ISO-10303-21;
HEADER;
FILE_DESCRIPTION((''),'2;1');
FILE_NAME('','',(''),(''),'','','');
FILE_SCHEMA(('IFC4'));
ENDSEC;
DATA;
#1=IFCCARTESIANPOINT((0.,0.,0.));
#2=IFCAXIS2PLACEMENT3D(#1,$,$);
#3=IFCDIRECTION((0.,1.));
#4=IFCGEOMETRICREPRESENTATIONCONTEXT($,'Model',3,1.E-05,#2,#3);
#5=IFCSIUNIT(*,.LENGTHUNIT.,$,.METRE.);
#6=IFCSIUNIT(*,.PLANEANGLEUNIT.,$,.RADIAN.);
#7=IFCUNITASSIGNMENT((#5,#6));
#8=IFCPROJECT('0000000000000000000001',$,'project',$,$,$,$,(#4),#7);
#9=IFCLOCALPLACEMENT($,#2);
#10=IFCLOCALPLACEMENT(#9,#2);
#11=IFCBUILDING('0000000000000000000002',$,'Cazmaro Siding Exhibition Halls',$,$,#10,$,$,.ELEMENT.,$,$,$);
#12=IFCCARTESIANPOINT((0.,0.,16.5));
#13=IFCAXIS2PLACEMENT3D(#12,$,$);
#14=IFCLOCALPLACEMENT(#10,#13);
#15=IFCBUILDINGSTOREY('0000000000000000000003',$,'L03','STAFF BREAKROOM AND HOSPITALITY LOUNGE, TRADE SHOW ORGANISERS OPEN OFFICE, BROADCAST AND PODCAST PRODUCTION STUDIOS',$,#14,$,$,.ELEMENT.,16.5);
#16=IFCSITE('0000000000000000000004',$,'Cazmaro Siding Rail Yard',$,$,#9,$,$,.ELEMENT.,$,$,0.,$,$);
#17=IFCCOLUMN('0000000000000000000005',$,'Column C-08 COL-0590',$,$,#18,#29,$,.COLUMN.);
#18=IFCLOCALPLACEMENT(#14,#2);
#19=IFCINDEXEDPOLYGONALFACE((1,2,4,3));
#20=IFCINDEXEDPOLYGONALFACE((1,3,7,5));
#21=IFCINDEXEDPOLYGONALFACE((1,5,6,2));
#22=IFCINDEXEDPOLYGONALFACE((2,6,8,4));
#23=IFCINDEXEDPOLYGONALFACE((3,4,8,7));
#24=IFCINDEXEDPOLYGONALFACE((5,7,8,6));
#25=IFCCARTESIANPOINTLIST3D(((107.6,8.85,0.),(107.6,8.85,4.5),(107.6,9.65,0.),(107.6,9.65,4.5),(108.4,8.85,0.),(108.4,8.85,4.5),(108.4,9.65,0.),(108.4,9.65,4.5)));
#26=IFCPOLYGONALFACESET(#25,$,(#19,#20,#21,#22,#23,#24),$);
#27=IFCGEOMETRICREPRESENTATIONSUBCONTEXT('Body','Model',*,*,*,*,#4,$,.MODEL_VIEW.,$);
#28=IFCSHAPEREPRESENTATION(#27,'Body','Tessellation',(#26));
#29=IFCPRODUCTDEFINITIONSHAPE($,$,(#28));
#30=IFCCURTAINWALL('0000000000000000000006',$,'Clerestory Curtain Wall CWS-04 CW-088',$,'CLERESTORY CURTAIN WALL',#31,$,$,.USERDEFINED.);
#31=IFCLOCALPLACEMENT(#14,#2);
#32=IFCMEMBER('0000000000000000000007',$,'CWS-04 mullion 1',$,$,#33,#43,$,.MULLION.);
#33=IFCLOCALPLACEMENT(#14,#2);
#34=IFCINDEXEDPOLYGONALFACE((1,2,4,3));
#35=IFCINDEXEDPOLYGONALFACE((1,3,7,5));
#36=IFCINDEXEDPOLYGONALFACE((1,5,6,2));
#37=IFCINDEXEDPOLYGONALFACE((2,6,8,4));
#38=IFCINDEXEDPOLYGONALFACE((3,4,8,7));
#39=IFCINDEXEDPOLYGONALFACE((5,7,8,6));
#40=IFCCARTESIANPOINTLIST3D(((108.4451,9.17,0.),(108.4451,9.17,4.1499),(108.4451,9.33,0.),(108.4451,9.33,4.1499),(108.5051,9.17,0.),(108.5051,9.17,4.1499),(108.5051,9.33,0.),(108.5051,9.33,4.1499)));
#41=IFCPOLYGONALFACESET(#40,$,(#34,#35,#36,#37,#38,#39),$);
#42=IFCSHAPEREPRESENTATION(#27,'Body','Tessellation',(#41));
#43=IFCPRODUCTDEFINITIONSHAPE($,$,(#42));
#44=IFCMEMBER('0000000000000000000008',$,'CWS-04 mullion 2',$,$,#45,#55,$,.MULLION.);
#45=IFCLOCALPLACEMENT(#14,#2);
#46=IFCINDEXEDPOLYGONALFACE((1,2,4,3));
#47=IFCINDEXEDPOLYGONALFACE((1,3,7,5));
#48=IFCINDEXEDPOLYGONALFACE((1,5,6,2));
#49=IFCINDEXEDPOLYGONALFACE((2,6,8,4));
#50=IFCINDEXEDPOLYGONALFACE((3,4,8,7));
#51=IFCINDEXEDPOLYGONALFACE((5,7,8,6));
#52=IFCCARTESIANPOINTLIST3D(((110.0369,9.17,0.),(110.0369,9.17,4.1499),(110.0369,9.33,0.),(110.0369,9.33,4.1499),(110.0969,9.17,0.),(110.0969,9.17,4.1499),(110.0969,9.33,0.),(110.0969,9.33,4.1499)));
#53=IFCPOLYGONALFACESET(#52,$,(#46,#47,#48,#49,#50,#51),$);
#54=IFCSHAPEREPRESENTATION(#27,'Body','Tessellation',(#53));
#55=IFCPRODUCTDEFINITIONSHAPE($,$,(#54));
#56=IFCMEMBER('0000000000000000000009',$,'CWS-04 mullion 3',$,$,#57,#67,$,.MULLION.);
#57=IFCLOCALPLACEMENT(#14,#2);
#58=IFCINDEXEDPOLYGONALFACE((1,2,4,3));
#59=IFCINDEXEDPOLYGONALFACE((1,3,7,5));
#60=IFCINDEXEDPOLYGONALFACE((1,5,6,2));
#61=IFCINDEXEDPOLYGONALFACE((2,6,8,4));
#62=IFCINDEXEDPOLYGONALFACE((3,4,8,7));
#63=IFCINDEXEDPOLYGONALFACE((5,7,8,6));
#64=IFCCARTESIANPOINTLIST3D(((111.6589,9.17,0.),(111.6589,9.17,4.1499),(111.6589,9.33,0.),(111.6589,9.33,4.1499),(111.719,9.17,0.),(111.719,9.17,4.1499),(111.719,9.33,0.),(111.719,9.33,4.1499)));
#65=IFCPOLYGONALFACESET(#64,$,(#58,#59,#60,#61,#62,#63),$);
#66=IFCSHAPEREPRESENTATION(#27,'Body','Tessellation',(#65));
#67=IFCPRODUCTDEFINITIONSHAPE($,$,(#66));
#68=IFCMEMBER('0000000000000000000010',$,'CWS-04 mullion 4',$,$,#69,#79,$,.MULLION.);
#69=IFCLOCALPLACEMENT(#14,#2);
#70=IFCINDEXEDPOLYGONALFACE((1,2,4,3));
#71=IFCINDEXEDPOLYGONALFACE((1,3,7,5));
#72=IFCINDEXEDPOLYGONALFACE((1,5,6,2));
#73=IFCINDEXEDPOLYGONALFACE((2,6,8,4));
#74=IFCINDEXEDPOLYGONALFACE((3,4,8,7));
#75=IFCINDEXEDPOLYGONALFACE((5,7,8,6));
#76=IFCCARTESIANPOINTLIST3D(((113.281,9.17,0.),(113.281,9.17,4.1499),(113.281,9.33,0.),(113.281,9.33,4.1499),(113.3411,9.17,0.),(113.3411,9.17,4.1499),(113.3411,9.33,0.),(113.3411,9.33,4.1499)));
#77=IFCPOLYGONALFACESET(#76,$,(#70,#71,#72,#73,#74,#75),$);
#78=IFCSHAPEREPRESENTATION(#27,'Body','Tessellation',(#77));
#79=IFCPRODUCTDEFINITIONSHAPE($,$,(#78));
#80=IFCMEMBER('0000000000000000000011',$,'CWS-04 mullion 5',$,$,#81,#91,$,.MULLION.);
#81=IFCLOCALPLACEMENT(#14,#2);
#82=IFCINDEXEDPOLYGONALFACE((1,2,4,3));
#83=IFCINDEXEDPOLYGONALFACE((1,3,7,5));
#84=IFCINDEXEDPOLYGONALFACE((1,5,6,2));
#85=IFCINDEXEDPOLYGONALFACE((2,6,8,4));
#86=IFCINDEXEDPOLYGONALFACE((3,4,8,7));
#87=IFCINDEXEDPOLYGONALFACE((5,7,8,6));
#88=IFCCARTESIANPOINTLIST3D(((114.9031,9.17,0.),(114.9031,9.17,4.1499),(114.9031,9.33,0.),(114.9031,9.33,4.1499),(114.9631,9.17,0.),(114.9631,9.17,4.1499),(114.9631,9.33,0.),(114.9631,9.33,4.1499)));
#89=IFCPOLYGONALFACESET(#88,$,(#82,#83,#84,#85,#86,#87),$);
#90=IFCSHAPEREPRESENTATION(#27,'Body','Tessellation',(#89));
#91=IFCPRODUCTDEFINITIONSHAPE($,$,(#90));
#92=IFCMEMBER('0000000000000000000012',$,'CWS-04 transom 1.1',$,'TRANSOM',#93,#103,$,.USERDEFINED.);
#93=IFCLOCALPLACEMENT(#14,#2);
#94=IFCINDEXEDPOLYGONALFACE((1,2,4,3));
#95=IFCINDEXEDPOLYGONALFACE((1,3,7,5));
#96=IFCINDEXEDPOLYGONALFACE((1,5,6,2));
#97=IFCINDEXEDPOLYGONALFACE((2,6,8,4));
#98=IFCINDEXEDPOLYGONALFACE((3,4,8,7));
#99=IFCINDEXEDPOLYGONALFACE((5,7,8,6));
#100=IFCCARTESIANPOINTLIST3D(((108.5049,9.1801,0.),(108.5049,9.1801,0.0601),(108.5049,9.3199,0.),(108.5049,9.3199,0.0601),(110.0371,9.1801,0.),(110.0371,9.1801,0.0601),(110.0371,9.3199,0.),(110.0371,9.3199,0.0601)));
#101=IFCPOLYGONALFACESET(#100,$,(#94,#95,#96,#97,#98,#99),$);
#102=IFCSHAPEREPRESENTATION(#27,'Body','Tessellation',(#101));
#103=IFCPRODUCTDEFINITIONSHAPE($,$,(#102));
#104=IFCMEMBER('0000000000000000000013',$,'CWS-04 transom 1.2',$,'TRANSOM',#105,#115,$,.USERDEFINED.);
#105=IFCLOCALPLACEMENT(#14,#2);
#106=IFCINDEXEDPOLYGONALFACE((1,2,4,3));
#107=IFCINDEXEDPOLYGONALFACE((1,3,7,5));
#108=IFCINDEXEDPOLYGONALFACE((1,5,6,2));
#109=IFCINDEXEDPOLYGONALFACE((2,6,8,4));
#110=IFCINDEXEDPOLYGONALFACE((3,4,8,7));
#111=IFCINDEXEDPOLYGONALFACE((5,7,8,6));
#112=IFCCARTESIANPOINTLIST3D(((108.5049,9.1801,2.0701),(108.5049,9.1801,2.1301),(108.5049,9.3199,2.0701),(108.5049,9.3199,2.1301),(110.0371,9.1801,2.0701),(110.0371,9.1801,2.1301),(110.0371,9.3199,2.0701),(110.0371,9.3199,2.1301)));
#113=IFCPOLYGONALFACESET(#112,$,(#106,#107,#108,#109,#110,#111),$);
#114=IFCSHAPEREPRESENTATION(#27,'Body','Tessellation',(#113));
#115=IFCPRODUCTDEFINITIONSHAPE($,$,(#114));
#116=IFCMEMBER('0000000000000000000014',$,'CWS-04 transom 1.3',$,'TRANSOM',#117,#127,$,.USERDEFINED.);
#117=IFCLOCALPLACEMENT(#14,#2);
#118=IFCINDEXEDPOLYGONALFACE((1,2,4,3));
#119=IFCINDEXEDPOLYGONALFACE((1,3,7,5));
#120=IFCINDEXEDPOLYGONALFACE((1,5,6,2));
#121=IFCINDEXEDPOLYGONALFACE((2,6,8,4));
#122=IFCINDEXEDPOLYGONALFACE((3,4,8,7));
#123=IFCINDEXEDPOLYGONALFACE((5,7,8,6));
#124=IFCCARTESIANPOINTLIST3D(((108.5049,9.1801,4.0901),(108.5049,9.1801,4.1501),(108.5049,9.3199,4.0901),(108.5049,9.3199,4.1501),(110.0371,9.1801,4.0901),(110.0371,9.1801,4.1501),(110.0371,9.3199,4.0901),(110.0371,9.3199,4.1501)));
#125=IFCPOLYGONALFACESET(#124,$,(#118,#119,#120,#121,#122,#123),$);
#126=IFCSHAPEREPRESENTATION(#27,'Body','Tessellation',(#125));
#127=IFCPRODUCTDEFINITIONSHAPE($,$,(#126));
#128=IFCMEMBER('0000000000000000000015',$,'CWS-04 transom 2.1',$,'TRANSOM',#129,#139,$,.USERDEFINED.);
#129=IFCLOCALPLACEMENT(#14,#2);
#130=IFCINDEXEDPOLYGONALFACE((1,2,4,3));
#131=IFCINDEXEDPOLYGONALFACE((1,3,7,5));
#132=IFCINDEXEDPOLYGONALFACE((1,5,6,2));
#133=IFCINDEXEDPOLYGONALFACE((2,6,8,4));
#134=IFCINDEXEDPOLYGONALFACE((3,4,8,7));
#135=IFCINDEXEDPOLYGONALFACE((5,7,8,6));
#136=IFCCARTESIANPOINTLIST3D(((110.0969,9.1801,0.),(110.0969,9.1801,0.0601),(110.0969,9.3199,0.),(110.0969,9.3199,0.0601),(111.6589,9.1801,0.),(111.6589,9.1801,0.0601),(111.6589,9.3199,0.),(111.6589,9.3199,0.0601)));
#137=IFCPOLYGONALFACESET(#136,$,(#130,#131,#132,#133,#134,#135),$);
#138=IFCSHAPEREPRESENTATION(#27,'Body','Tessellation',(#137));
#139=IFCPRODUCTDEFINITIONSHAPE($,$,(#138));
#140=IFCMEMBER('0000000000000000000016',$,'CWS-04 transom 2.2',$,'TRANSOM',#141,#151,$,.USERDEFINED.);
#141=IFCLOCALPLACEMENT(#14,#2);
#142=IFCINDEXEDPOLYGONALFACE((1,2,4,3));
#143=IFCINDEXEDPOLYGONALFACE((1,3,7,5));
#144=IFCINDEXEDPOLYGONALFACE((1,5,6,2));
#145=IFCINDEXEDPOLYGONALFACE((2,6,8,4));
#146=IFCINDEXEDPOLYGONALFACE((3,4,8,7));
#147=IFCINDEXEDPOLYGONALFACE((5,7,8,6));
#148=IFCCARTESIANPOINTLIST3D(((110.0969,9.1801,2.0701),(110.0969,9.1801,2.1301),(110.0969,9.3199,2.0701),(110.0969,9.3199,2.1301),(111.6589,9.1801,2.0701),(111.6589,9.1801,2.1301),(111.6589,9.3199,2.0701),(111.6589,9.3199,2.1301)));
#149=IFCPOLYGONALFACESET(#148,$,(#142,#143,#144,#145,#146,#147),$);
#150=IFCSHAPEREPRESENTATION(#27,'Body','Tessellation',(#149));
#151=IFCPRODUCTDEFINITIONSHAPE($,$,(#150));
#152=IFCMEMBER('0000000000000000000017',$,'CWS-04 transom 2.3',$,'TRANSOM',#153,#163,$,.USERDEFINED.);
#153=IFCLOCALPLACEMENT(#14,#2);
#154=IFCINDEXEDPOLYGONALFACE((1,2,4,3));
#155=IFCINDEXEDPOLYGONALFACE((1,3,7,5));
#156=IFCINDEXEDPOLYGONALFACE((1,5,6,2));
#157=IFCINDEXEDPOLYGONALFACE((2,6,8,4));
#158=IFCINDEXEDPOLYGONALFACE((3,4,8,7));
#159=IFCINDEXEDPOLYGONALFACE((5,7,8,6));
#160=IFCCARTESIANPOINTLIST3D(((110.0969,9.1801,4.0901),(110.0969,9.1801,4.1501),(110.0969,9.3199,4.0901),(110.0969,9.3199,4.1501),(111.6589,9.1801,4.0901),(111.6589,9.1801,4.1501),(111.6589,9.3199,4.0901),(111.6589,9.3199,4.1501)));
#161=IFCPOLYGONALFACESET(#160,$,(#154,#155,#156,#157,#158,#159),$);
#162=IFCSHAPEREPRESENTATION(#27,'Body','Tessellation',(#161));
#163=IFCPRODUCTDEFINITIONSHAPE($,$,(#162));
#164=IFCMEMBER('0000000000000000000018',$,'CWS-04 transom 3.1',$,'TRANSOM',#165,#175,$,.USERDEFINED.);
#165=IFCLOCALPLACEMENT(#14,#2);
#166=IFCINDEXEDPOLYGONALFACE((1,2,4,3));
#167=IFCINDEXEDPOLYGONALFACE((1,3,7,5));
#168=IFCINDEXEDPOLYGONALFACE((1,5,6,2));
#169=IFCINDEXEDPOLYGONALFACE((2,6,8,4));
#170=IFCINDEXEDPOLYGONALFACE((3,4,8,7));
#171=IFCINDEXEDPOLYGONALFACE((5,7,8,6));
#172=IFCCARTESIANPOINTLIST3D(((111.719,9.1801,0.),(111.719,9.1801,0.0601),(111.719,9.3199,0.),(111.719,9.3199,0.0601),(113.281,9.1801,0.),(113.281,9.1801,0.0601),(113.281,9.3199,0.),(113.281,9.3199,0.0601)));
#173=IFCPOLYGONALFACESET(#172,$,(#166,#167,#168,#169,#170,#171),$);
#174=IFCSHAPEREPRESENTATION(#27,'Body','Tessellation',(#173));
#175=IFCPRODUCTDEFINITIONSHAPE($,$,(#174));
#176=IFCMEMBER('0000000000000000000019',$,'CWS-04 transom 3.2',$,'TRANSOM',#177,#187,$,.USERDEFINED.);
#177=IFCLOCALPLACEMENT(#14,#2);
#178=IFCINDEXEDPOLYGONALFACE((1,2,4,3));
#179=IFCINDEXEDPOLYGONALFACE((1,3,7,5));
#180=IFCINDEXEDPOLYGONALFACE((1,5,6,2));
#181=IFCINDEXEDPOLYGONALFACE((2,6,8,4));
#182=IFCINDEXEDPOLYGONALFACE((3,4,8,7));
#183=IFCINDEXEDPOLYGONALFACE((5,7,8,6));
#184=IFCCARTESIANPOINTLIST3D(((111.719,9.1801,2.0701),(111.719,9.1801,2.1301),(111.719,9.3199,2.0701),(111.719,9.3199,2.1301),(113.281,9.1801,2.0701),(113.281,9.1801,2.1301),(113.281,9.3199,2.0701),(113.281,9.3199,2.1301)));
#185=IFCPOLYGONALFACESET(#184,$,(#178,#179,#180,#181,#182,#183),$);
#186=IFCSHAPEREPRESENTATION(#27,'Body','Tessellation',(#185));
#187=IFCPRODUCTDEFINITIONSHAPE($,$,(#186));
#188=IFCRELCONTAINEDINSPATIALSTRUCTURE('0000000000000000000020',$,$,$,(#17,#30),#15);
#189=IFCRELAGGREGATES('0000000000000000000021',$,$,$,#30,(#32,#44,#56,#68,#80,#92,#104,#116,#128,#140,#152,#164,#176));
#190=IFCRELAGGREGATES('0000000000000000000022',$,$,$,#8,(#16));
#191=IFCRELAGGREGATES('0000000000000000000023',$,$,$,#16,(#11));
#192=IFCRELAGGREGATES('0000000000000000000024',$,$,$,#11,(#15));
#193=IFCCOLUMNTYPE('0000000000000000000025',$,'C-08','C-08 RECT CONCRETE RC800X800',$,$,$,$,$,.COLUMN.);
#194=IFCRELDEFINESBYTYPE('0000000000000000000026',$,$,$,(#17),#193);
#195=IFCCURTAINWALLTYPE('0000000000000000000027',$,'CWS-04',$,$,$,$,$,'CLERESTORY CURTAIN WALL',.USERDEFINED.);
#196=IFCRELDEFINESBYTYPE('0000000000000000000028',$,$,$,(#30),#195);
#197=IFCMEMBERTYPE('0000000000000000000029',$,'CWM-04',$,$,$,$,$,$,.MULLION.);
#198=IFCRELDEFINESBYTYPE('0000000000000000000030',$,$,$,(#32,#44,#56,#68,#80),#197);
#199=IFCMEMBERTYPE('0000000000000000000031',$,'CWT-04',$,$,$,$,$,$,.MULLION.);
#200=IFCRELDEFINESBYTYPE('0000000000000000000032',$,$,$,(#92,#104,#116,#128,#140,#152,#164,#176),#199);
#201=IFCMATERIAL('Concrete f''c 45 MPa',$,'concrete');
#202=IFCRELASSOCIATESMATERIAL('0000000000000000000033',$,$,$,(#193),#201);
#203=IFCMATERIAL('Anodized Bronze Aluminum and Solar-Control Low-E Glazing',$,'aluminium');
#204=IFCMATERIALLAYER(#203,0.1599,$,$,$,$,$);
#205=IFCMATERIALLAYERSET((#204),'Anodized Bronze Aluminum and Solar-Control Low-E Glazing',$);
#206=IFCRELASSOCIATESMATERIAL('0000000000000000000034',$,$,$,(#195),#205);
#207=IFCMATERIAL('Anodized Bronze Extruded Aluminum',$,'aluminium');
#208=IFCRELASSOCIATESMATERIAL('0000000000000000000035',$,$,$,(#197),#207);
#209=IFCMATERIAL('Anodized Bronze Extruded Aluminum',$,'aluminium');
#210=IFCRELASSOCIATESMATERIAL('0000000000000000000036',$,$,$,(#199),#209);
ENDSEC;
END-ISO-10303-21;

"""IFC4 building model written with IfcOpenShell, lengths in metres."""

from ifc_helpers import new_model, si_unit, direction, frame, origin, origin_2d, place, context, subcontext, project, spatial, rectangle, extrude, material, layer, layer_set, material_profile, profile_set, type_object, element, aggregate, save


model = new_model("IFC4")

# Units and contexts
model_context = context("Model", 3, precision=1e-05, world=origin(), true_north=direction((0.0, 1.0)))
body_context = subcontext(model_context, "Body", "Model", "MODEL_VIEW")
ifc_project = project(units=[si_unit("LENGTHUNIT", "METRE"), si_unit("PLANEANGLEUNIT", "RADIAN")], contexts=[model_context])

# Site, building, storey
site_placement = place(None, origin())
site = spatial("IfcSite", under=ifc_project, at=site_placement, Name="Cazmaro Siding Rail Yard", CompositionType="ELEMENT", RefElevation=0.0)
building_placement = place(site_placement, origin())
building = spatial("IfcBuilding", under=site, at=building_placement, Name="Cazmaro Siding Exhibition Halls", CompositionType="ELEMENT")
storey_placement = place(building_placement, frame((0.0, 0.0, 16.5)))
storey = spatial("IfcBuildingStorey", under=building, at=storey_placement, Name="L03", Description="STAFF BREAKROOM AND HOSPITALITY LOUNGE, TRADE SHOW ORGANISERS OPEN OFFICE, BROADCAST AND PODCAST PRODUCTION STUDIOS", CompositionType="ELEMENT", Elevation=16.5)

# Column
ifc_material_1 = material(Name="Concrete f'c 45 MPa", Category="concrete")
ifc_material_profile_1 = material_profile(ifc_material_1, rectangle(XDim=0.8, YDim=0.8, at=origin_2d()), Name="RC800X800")
ifc_profile_set_1 = profile_set([ifc_material_profile_1], Name="Concrete f'c 45 MPa")
column_type = type_object("IfcColumnType", Name="C-08", Description="C-08 RECT CONCRETE RC800X800", PredefinedType="COLUMN", material=ifc_profile_set_1)
column_placement = place(storey_placement, frame((108.0, 9.25, 0.0), z_axis=(0.0, 0.0, 1.0), x_axis=(1.0, 0.0, 0.0)))
element("IfcColumn", 1, at=column_placement, inside=storey, type_object=column_type, Name="Column C-08 COL-0590", PredefinedType="COLUMN", context=body_context, shape_type="SweptSolid", body=[
    extrude(rectangle(XDim=0.8, YDim=0.8, at=origin_2d()), origin(), (0.0, 0.0, 1.0), 4.5),
])

# Curtain wall, members
ifc_material_2 = material(Name="Anodized Bronze Aluminum and Solar-Control Low-E Glazing", Category="aluminium")
ifc_layer_1 = layer(ifc_material_2, 0.1599)
ifc_layer_set_1 = layer_set([ifc_layer_1], Name="Anodized Bronze Aluminum and Solar-Control Low-E Glazing")
curtain_wall_type = type_object("IfcCurtainWallType", Name="CWS-04", ElementType="CLERESTORY CURTAIN WALL", PredefinedType="USERDEFINED", material=ifc_layer_set_1)
curtain_wall_placement = place(storey_placement, origin())
curtain_wall = element("IfcCurtainWall", 2, at=curtain_wall_placement, inside=storey, type_object=curtain_wall_type, Name="Clerestory Curtain Wall CWS-04 CW-088", ObjectType="CLERESTORY CURTAIN WALL", PredefinedType="USERDEFINED")
ifc_material_3 = material(Name="Anodized Bronze Extruded Aluminum", Category="aluminium")
ifc_material_profile_2 = material_profile(ifc_material_3, rectangle(XDim=0.1599, YDim=0.0601, at=origin_2d()), Name="CWM-04")
ifc_profile_set_2 = profile_set([ifc_material_profile_2], Name="Anodized Bronze Extruded Aluminum")
member_type_1 = type_object("IfcMemberType", Name="CWM-04", PredefinedType="MULLION", material=ifc_profile_set_2)
member_1_placement = place(storey_placement, frame((108.4751, 9.25, 0.0), z_axis=(0.0, 0.0, 1.0), x_axis=(0.0, 1.0, 0.0)))
member_1 = element("IfcMember", 3, at=member_1_placement, type_object=member_type_1, Name="CWS-04 mullion 1", PredefinedType="MULLION", context=body_context, shape_type="SweptSolid", body=[
    extrude(rectangle(XDim=0.1599, YDim=0.0601, at=origin_2d()), origin(), (0.0, 0.0, 1.0), 4.1499),
])
member_2_placement = place(storey_placement, frame((110.0669, 9.25, 0.0), z_axis=(0.0, 0.0, 1.0), x_axis=(0.0, 1.0, 0.0)))
member_2 = element("IfcMember", 4, at=member_2_placement, type_object=member_type_1, Name="CWS-04 mullion 2", PredefinedType="MULLION", context=body_context, shape_type="SweptSolid", body=[
    extrude(rectangle(XDim=0.1599, YDim=0.0601, at=origin_2d()), origin(), (0.0, 0.0, 1.0), 4.1499),
])
member_3_placement = place(storey_placement, frame((111.689, 9.25, 0.0), z_axis=(0.0, 0.0, 1.0), x_axis=(0.0, 1.0, 0.0)))
member_3 = element("IfcMember", 5, at=member_3_placement, type_object=member_type_1, Name="CWS-04 mullion 3", PredefinedType="MULLION", context=body_context, shape_type="SweptSolid", body=[
    extrude(rectangle(XDim=0.1599, YDim=0.0601, at=origin_2d()), origin(), (0.0, 0.0, 1.0), 4.1499),
])
member_4_placement = place(storey_placement, frame((113.311, 9.25, 0.0), z_axis=(0.0, 0.0, 1.0), x_axis=(0.0, 1.0, 0.0)))
member_4 = element("IfcMember", 6, at=member_4_placement, type_object=member_type_1, Name="CWS-04 mullion 4", PredefinedType="MULLION", context=body_context, shape_type="SweptSolid", body=[
    extrude(rectangle(XDim=0.1599, YDim=0.0601, at=origin_2d()), origin(), (0.0, 0.0, 1.0), 4.1499),
])
member_5_placement = place(storey_placement, frame((114.9331, 9.25, 0.0), z_axis=(0.0, 0.0, 1.0), x_axis=(0.0, 1.0, 0.0)))
member_5 = element("IfcMember", 7, at=member_5_placement, type_object=member_type_1, Name="CWS-04 mullion 5", PredefinedType="MULLION", context=body_context, shape_type="SweptSolid", body=[
    extrude(rectangle(XDim=0.1599, YDim=0.0601, at=origin_2d()), origin(), (0.0, 0.0, 1.0), 4.1499),
])
ifc_material_4 = material(Name="Anodized Bronze Extruded Aluminum", Category="aluminium")
ifc_material_profile_3 = material_profile(ifc_material_4, rectangle(XDim=0.1399, YDim=0.0601, at=origin_2d()), Name="CWT-04")
ifc_profile_set_3 = profile_set([ifc_material_profile_3], Name="Anodized Bronze Extruded Aluminum")
member_type_2 = type_object("IfcMemberType", Name="CWT-04", PredefinedType="MULLION", material=ifc_profile_set_3)
member_6_placement = place(storey_placement, frame((108.5049, 9.25, 0.03), z_axis=(1.0, 0.0, 0.0), x_axis=(0.0, 1.0, 0.0)))
member_6 = element("IfcMember", 8, at=member_6_placement, type_object=member_type_2, Name="CWS-04 transom 1.1", ObjectType="TRANSOM", PredefinedType="USERDEFINED", context=body_context, shape_type="SweptSolid", body=[
    extrude(rectangle(XDim=0.1399, YDim=0.0601, at=origin_2d()), origin(), (0.0, 0.0, 1.0), 1.5322),
])
member_7_placement = place(storey_placement, frame((108.5049, 9.25, 2.1001), z_axis=(1.0, 0.0, 0.0), x_axis=(0.0, 1.0, 0.0)))
member_7 = element("IfcMember", 9, at=member_7_placement, type_object=member_type_2, Name="CWS-04 transom 1.2", ObjectType="TRANSOM", PredefinedType="USERDEFINED", context=body_context, shape_type="SweptSolid", body=[
    extrude(rectangle(XDim=0.1399, YDim=0.0601, at=origin_2d()), origin(), (0.0, 0.0, 1.0), 1.5322),
])
member_8_placement = place(storey_placement, frame((108.5049, 9.25, 4.1201), z_axis=(1.0, 0.0, 0.0), x_axis=(0.0, 1.0, 0.0)))
member_8 = element("IfcMember", 10, at=member_8_placement, type_object=member_type_2, Name="CWS-04 transom 1.3", ObjectType="TRANSOM", PredefinedType="USERDEFINED", context=body_context, shape_type="SweptSolid", body=[
    extrude(rectangle(XDim=0.1399, YDim=0.0601, at=origin_2d()), origin(), (0.0, 0.0, 1.0), 1.5322),
])
member_9_placement = place(storey_placement, frame((110.0969, 9.25, 0.03), z_axis=(1.0, 0.0, 0.0), x_axis=(0.0, 1.0, 0.0)))
member_9 = element("IfcMember", 11, at=member_9_placement, type_object=member_type_2, Name="CWS-04 transom 2.1", ObjectType="TRANSOM", PredefinedType="USERDEFINED", context=body_context, shape_type="SweptSolid", body=[
    extrude(rectangle(XDim=0.1399, YDim=0.0601, at=origin_2d()), origin(), (0.0, 0.0, 1.0), 1.562),
])
member_10_placement = place(storey_placement, frame((110.0969, 9.25, 2.1001), z_axis=(1.0, 0.0, 0.0), x_axis=(0.0, 1.0, 0.0)))
member_10 = element("IfcMember", 12, at=member_10_placement, type_object=member_type_2, Name="CWS-04 transom 2.2", ObjectType="TRANSOM", PredefinedType="USERDEFINED", context=body_context, shape_type="SweptSolid", body=[
    extrude(rectangle(XDim=0.1399, YDim=0.0601, at=origin_2d()), origin(), (0.0, 0.0, 1.0), 1.562),
])
member_11_placement = place(storey_placement, frame((110.0969, 9.25, 4.1201), z_axis=(1.0, 0.0, 0.0), x_axis=(0.0, 1.0, 0.0)))
member_11 = element("IfcMember", 13, at=member_11_placement, type_object=member_type_2, Name="CWS-04 transom 2.3", ObjectType="TRANSOM", PredefinedType="USERDEFINED", context=body_context, shape_type="SweptSolid", body=[
    extrude(rectangle(XDim=0.1399, YDim=0.0601, at=origin_2d()), origin(), (0.0, 0.0, 1.0), 1.562),
])
member_12_placement = place(storey_placement, frame((111.719, 9.25, 0.03), z_axis=(1.0, 0.0, 0.0), x_axis=(0.0, 1.0, 0.0)))
member_12 = element("IfcMember", 14, at=member_12_placement, type_object=member_type_2, Name="CWS-04 transom 3.1", ObjectType="TRANSOM", PredefinedType="USERDEFINED", context=body_context, shape_type="SweptSolid", body=[
    extrude(rectangle(XDim=0.1399, YDim=0.0601, at=origin_2d()), origin(), (0.0, 0.0, 1.0), 1.562),
])
member_13_placement = place(storey_placement, frame((111.719, 9.25, 2.1001), z_axis=(1.0, 0.0, 0.0), x_axis=(0.0, 1.0, 0.0)))
member_13 = element("IfcMember", 15, at=member_13_placement, type_object=member_type_2, Name="CWS-04 transom 3.2", ObjectType="TRANSOM", PredefinedType="USERDEFINED", context=body_context, shape_type="SweptSolid", body=[
    extrude(rectangle(XDim=0.1399, YDim=0.0601, at=origin_2d()), origin(), (0.0, 0.0, 1.0), 1.562),
])

aggregate(curtain_wall, [member_1, member_2, member_3, member_4, member_5, member_6, member_7, member_8, member_9, member_10, member_11, member_12, member_13])

save(model, "model.ifc")
